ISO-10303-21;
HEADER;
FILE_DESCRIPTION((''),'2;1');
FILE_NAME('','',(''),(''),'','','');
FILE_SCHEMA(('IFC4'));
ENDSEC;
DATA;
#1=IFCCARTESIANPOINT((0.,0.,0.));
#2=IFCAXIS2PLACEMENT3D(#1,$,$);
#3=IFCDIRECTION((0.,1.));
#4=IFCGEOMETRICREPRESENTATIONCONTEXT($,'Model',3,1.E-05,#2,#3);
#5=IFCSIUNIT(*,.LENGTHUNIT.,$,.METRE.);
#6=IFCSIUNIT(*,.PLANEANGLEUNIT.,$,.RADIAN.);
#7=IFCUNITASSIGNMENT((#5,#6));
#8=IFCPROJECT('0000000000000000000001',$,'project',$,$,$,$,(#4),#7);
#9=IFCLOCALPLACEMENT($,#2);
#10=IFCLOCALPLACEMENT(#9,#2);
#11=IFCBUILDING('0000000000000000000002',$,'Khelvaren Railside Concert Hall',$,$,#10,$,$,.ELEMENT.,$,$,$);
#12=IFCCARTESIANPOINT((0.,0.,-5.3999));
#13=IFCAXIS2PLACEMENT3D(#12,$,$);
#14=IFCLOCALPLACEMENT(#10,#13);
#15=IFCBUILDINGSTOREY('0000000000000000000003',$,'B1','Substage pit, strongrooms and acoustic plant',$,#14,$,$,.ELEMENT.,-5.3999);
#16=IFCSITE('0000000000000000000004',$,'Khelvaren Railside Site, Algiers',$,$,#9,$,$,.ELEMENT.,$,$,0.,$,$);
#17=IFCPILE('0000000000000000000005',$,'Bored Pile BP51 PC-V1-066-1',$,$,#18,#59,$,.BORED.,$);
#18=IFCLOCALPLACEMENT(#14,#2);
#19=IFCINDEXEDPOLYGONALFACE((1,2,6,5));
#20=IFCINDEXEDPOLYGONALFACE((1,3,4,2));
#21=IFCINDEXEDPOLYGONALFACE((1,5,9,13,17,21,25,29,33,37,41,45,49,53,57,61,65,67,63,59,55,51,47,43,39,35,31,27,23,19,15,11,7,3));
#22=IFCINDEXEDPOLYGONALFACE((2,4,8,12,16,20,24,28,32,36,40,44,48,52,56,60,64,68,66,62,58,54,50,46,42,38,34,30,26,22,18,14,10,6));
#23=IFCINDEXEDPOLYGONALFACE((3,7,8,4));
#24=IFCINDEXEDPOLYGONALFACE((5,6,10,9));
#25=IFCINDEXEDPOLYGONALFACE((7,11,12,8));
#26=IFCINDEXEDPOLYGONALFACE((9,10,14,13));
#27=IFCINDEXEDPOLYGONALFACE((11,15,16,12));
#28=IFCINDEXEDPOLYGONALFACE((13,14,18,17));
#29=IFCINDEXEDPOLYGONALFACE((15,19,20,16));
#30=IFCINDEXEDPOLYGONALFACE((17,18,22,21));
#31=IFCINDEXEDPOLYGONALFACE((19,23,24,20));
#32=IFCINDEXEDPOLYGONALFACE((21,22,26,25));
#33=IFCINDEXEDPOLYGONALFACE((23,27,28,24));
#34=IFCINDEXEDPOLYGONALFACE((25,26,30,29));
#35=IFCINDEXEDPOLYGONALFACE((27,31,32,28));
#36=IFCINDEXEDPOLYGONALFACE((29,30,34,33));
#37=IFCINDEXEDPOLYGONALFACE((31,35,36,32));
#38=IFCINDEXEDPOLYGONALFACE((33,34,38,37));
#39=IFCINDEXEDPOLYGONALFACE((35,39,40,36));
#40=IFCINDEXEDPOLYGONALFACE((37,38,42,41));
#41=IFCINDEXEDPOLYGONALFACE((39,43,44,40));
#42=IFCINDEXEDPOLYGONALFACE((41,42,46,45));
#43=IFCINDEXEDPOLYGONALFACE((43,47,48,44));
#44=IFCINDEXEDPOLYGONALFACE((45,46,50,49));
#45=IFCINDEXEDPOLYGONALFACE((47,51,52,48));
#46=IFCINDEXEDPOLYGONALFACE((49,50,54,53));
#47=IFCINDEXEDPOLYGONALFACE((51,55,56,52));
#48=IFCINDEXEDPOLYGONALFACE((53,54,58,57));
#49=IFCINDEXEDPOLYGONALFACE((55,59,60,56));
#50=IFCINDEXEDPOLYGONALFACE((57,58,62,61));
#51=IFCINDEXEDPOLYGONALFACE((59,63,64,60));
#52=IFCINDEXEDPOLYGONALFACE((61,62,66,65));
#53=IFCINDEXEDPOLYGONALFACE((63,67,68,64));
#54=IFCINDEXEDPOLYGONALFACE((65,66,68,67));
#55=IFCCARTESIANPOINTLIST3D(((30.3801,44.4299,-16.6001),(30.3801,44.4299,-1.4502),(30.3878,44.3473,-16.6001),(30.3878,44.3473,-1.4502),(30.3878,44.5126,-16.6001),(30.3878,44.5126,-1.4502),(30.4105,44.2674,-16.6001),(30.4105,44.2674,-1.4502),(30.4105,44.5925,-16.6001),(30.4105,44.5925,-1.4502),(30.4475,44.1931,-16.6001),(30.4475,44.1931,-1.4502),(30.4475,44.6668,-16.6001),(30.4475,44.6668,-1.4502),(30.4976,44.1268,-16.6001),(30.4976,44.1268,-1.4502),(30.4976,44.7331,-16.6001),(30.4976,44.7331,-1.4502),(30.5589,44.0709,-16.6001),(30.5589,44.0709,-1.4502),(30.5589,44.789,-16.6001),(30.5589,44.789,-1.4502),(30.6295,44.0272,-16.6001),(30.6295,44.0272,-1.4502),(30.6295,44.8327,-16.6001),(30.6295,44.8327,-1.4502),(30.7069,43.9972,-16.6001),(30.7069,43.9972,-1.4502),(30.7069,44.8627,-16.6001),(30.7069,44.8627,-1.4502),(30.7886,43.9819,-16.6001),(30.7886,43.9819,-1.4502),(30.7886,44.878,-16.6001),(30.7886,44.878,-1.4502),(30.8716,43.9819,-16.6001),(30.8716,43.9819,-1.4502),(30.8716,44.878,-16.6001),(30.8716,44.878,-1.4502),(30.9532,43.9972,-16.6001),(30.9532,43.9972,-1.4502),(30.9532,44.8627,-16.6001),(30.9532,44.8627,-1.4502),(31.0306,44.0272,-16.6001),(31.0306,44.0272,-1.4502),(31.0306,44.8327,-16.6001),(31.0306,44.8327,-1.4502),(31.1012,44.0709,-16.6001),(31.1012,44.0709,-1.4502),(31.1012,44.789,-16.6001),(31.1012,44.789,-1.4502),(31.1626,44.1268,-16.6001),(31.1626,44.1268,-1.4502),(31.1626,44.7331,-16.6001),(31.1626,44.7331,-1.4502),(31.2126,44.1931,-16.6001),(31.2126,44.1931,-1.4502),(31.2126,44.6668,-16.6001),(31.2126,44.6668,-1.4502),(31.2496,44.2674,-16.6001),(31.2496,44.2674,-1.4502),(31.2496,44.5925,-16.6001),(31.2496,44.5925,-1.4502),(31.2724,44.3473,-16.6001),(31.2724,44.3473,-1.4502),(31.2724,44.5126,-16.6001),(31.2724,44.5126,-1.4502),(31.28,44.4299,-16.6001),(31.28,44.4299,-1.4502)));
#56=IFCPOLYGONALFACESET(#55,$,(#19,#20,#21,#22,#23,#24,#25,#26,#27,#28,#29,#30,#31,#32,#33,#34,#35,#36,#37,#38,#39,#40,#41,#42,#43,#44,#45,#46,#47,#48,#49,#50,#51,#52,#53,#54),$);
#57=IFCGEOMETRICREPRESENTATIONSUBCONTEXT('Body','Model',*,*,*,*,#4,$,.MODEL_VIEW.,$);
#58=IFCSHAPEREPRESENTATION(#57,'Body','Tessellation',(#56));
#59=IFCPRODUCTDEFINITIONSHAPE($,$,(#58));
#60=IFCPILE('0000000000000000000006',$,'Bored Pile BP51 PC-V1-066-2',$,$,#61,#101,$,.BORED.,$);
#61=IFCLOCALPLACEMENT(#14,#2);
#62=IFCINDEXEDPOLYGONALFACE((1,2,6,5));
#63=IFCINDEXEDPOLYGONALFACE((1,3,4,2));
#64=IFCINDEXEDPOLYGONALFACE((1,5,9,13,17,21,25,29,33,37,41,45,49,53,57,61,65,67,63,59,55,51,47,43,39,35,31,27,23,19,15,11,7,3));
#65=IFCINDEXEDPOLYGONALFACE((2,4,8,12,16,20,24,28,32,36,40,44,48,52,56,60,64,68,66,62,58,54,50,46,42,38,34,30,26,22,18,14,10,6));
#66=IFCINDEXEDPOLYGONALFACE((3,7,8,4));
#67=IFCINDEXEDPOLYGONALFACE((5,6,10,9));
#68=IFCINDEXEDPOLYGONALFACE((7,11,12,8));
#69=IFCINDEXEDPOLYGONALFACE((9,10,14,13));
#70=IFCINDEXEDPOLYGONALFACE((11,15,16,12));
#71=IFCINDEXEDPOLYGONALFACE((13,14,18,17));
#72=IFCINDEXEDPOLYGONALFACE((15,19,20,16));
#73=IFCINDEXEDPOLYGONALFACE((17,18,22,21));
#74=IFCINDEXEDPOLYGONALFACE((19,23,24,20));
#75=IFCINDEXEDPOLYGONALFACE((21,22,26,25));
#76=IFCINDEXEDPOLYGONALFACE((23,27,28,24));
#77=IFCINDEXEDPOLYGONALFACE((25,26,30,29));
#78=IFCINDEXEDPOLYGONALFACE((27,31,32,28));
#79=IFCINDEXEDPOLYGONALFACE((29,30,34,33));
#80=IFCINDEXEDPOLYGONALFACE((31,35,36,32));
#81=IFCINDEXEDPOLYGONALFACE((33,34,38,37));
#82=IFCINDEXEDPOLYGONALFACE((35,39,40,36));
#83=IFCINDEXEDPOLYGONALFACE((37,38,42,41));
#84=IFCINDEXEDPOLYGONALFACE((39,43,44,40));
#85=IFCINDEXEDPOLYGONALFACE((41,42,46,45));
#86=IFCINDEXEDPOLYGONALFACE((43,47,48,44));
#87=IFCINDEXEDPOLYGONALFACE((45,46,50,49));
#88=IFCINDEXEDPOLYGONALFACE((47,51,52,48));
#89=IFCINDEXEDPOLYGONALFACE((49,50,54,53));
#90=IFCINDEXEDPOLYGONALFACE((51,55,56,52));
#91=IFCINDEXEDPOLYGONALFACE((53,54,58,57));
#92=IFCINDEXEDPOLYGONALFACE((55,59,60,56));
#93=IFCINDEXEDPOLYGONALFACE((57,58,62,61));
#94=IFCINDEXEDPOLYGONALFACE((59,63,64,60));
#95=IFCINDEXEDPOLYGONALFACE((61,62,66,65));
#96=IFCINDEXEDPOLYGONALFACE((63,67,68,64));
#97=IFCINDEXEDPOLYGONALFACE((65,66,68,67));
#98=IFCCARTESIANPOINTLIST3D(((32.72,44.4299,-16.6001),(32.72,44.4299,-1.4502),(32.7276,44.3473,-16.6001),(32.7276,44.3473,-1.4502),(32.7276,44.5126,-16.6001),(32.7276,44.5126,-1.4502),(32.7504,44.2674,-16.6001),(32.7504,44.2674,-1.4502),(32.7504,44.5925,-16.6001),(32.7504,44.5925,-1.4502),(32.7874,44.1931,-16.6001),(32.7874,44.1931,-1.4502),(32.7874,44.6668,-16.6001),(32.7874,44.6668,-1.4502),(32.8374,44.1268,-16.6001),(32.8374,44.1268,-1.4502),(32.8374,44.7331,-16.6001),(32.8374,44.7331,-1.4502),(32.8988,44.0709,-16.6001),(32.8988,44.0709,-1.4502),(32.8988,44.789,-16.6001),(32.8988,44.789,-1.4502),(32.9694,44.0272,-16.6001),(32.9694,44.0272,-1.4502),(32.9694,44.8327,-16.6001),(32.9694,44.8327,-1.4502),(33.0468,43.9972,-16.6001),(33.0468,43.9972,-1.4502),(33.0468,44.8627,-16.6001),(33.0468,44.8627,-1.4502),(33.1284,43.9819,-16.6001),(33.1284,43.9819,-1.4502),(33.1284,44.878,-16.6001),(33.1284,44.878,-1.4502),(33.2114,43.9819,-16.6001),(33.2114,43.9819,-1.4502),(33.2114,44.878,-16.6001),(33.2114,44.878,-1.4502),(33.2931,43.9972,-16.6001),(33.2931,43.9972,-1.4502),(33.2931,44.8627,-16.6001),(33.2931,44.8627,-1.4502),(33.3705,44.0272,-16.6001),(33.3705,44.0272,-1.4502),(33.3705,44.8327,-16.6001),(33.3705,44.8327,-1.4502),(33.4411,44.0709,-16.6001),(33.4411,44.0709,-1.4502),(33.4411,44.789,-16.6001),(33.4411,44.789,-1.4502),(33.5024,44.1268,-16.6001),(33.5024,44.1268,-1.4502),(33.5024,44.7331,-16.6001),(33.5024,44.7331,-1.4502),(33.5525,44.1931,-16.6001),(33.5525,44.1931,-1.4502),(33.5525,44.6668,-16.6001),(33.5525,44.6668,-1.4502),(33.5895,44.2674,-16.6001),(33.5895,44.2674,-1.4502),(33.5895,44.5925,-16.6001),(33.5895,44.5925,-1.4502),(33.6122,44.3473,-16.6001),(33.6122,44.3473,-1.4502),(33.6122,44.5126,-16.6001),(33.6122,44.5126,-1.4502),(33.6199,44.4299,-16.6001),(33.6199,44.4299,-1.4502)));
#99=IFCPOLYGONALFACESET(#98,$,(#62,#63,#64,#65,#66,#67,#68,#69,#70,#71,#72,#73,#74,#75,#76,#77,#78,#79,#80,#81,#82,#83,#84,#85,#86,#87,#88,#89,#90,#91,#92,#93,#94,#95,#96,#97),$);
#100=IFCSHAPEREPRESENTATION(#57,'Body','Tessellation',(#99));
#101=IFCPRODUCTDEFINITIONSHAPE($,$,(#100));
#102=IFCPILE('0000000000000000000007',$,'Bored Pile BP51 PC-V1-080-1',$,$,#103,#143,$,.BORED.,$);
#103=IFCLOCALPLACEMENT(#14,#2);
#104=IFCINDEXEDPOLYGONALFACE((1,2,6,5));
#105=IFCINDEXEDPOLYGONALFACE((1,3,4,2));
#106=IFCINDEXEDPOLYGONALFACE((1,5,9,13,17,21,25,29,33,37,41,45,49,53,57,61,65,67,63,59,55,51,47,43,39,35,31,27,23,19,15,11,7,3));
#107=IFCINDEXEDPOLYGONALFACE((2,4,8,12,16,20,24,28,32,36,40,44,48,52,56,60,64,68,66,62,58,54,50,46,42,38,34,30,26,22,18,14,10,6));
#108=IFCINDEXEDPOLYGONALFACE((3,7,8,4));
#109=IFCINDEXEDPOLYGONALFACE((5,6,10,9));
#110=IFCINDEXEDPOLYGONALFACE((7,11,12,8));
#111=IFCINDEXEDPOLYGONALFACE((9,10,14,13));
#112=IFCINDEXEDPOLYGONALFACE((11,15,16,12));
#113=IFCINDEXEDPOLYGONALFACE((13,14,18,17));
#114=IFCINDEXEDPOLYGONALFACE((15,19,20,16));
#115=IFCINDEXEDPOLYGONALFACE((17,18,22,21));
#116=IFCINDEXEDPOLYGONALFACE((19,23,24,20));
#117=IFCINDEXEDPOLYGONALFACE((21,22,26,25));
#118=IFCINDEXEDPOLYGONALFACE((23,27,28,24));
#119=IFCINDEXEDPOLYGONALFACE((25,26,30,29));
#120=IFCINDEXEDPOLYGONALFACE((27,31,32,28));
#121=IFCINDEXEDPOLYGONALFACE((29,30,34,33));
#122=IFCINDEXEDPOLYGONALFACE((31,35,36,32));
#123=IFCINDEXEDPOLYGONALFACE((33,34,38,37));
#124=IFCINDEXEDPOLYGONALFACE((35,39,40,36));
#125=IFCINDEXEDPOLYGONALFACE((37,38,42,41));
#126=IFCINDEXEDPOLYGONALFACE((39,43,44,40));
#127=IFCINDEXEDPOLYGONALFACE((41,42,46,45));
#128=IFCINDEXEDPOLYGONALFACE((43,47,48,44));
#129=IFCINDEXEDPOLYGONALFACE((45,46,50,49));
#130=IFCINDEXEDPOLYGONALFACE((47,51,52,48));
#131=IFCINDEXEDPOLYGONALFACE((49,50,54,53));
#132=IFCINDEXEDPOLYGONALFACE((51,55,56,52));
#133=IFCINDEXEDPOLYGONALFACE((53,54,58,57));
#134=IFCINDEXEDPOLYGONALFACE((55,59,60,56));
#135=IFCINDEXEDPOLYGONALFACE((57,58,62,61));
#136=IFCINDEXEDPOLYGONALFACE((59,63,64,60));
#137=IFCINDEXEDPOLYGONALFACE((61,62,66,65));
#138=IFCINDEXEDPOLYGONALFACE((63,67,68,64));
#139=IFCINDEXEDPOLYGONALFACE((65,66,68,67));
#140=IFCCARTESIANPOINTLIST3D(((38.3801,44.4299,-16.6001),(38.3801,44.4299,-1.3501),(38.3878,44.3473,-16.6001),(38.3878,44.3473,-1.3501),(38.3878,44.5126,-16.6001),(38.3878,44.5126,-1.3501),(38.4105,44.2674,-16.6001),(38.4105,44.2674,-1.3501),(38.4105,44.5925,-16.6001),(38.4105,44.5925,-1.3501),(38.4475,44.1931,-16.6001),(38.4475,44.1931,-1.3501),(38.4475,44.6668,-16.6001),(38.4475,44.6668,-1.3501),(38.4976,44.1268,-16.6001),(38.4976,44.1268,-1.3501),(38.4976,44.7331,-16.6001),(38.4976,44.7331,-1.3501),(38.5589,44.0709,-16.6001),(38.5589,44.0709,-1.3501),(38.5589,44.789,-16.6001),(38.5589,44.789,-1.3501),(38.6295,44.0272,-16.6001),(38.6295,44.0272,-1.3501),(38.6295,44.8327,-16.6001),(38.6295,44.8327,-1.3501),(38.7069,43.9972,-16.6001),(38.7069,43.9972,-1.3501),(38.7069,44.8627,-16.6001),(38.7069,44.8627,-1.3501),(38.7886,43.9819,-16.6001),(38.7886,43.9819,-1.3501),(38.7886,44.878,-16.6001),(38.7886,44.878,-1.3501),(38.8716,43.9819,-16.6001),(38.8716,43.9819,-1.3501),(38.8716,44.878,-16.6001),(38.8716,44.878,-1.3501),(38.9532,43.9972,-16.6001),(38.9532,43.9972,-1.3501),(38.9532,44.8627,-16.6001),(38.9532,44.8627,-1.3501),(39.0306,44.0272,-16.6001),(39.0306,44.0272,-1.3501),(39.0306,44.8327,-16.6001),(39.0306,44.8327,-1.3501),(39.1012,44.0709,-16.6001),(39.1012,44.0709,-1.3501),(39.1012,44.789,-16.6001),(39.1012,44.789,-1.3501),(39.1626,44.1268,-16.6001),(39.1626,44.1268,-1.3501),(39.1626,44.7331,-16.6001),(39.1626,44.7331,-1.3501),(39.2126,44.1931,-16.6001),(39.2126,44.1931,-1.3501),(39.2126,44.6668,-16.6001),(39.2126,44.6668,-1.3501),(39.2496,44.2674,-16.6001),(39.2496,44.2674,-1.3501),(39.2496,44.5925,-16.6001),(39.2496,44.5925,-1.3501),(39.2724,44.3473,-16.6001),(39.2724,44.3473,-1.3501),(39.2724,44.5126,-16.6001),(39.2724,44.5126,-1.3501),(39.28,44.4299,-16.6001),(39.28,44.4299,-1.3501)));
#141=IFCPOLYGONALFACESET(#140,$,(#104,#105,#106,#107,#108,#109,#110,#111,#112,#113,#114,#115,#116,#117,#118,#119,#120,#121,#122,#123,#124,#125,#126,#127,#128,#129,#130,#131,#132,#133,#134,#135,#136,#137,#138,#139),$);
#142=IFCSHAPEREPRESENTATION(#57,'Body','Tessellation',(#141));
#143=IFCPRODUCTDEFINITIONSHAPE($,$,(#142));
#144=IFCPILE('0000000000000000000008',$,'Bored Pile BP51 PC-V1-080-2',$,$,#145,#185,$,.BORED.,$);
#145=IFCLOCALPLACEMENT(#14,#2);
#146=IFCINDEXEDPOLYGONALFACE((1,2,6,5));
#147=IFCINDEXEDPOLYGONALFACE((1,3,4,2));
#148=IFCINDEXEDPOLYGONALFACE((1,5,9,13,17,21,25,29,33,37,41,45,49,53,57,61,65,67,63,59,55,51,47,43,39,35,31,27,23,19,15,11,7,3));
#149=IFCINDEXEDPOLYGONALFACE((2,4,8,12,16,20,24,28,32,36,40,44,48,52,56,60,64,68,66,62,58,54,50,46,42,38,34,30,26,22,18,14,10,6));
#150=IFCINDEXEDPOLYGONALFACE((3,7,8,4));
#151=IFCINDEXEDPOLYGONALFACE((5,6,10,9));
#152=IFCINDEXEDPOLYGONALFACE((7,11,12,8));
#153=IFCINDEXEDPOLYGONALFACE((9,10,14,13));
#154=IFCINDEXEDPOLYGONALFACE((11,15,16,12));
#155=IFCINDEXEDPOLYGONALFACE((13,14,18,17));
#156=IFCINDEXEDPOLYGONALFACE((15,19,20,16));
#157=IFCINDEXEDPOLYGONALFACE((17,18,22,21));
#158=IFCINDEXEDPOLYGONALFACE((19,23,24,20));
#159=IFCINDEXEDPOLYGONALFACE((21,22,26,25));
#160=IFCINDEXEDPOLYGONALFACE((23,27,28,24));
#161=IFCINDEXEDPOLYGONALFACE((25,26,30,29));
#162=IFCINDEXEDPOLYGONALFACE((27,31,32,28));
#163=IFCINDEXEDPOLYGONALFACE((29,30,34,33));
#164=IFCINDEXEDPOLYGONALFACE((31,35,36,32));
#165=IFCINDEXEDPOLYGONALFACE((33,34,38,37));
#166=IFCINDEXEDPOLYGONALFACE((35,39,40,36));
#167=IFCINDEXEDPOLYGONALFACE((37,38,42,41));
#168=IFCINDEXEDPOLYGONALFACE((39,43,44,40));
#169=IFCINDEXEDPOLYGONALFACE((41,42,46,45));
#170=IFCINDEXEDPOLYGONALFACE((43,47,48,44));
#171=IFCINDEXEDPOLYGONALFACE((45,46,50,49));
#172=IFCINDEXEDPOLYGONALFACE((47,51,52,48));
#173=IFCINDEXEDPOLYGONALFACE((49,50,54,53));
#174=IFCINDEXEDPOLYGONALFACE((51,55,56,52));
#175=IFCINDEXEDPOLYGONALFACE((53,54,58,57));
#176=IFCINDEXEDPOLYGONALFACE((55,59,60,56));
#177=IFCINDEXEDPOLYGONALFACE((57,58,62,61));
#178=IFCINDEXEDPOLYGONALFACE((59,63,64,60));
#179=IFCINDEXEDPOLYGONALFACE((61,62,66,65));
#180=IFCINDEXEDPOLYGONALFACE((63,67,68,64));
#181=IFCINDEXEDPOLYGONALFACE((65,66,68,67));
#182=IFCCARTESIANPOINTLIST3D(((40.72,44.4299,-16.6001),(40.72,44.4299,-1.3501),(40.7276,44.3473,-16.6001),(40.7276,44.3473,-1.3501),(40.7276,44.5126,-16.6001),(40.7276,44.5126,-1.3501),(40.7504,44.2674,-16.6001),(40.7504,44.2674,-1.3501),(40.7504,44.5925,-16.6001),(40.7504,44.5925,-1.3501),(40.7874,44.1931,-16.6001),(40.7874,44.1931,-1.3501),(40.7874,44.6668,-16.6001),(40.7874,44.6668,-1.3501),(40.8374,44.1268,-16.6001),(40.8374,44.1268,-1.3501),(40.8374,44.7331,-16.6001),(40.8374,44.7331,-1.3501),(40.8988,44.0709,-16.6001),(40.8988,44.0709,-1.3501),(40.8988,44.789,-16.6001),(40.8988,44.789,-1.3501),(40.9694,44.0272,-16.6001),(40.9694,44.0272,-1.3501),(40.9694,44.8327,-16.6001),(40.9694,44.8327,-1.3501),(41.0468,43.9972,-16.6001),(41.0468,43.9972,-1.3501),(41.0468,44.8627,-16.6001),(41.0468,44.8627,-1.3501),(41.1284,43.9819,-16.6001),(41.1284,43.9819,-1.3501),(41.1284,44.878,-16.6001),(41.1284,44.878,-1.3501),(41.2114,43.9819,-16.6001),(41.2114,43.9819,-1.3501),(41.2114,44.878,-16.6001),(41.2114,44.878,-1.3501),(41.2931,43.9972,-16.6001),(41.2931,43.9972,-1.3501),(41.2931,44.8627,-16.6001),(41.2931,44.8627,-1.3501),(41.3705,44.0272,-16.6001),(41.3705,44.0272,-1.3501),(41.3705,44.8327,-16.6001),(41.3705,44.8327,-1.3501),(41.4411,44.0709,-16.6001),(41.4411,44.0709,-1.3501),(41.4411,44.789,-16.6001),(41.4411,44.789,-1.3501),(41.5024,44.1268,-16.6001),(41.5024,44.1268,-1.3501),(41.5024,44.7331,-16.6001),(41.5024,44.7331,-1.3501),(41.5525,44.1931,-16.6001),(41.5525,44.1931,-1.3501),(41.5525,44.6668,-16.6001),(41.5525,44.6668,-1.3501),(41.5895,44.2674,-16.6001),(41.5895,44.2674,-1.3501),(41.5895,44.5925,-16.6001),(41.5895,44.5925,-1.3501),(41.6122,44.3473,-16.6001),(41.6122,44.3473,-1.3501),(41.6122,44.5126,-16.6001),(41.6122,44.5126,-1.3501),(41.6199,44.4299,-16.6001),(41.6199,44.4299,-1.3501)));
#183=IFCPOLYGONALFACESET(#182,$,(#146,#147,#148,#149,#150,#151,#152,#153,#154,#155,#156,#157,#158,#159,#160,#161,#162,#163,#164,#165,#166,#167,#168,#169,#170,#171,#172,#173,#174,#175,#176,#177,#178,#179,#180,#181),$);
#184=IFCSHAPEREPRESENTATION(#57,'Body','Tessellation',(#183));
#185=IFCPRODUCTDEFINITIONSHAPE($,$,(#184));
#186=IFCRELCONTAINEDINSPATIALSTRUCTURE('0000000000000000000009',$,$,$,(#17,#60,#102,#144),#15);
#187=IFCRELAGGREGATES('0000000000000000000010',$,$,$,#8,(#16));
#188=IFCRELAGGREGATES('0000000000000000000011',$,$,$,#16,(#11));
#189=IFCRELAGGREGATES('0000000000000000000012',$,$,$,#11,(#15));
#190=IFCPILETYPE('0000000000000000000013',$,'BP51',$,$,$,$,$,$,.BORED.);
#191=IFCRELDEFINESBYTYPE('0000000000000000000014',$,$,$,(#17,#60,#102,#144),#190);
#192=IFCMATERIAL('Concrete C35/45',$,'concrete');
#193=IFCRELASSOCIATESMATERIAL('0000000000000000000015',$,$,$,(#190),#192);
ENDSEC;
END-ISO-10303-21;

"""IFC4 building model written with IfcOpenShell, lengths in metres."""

from ifc_helpers import new_model, si_unit, direction, frame, origin, origin_2d, place, context, subcontext, project, spatial, circle, extrude, material, material_profile, profile_set, type_object, element, save


model = new_model("IFC4")

# Units and contexts
model_context = context("Model", 3, precision=1e-05, world=origin(), true_north=direction((0.0, 1.0)))
body_context = subcontext(model_context, "Body", "Model", "MODEL_VIEW")
ifc_project = project(units=[si_unit("LENGTHUNIT", "METRE"), si_unit("PLANEANGLEUNIT", "RADIAN")], contexts=[model_context])

# Site, building, storey
site_placement = place(None, origin())
site = spatial("IfcSite", under=ifc_project, at=site_placement, Name="Khelvaren Railside Site, Algiers", CompositionType="ELEMENT", RefElevation=0.0)
building_placement = place(site_placement, origin())
building = spatial("IfcBuilding", under=site, at=building_placement, Name="Khelvaren Railside Concert Hall", CompositionType="ELEMENT")
storey_placement = place(building_placement, frame((0.0, 0.0, -5.3999)))
storey = spatial("IfcBuildingStorey", under=building, at=storey_placement, Name="B1", Description="Substage pit, strongrooms and acoustic plant", CompositionType="ELEMENT", Elevation=-5.3999)

# Piles
ifc_material_1 = material(Name="Concrete C35/45", Category="concrete")
ifc_material_profile_1 = material_profile(ifc_material_1, circle(Radius=0.45, at=origin_2d()), Name="BP D900")
ifc_profile_set_1 = profile_set([ifc_material_profile_1], Name="Concrete C35/45")
pile_type_1 = type_object("IfcPileType", Name="BP51", PredefinedType="BORED", material=ifc_profile_set_1)
for number, where, z_axis, x_axis, name in (
    (1, (30.8301, 44.4299, -1.4502), (0.0, 0.0, -1.0), (1.0, 0.0, 0.0), "Bored Pile BP51 PC-V1-066-1"),
    (2, (33.1699, 44.4299, -1.4502), (0.0, 0.0, -1.0), (1.0, 0.0, 0.0), "Bored Pile BP51 PC-V1-066-2"),
):
    element("IfcPile", number, at=place(storey_placement, frame(where, z_axis=z_axis, x_axis=x_axis)), inside=storey, type_object=pile_type_1, Name=name, PredefinedType="BORED", context=body_context, shape_type="SweptSolid", body=[
        extrude(circle(Radius=0.45, at=origin_2d()), origin(), (0.0, 0.0, 1.0), 15.1499),
    ])
for number, where, z_axis, x_axis, name in (
    (3, (38.8301, 44.4299, -1.3501), (0.0, 0.0, -1.0), (1.0, 0.0, 0.0), "Bored Pile BP51 PC-V1-080-1"),
    (4, (41.1699, 44.4299, -1.3501), (0.0, 0.0, -1.0), (1.0, 0.0, 0.0), "Bored Pile BP51 PC-V1-080-2"),
):
    element("IfcPile", number, at=place(storey_placement, frame(where, z_axis=z_axis, x_axis=x_axis)), inside=storey, type_object=pile_type_1, Name=name, PredefinedType="BORED", context=body_context, shape_type="SweptSolid", body=[
        extrude(circle(Radius=0.45, at=origin_2d()), origin(), (0.0, 0.0, 1.0), 15.25),
    ])

save(model, "model.ifc")
